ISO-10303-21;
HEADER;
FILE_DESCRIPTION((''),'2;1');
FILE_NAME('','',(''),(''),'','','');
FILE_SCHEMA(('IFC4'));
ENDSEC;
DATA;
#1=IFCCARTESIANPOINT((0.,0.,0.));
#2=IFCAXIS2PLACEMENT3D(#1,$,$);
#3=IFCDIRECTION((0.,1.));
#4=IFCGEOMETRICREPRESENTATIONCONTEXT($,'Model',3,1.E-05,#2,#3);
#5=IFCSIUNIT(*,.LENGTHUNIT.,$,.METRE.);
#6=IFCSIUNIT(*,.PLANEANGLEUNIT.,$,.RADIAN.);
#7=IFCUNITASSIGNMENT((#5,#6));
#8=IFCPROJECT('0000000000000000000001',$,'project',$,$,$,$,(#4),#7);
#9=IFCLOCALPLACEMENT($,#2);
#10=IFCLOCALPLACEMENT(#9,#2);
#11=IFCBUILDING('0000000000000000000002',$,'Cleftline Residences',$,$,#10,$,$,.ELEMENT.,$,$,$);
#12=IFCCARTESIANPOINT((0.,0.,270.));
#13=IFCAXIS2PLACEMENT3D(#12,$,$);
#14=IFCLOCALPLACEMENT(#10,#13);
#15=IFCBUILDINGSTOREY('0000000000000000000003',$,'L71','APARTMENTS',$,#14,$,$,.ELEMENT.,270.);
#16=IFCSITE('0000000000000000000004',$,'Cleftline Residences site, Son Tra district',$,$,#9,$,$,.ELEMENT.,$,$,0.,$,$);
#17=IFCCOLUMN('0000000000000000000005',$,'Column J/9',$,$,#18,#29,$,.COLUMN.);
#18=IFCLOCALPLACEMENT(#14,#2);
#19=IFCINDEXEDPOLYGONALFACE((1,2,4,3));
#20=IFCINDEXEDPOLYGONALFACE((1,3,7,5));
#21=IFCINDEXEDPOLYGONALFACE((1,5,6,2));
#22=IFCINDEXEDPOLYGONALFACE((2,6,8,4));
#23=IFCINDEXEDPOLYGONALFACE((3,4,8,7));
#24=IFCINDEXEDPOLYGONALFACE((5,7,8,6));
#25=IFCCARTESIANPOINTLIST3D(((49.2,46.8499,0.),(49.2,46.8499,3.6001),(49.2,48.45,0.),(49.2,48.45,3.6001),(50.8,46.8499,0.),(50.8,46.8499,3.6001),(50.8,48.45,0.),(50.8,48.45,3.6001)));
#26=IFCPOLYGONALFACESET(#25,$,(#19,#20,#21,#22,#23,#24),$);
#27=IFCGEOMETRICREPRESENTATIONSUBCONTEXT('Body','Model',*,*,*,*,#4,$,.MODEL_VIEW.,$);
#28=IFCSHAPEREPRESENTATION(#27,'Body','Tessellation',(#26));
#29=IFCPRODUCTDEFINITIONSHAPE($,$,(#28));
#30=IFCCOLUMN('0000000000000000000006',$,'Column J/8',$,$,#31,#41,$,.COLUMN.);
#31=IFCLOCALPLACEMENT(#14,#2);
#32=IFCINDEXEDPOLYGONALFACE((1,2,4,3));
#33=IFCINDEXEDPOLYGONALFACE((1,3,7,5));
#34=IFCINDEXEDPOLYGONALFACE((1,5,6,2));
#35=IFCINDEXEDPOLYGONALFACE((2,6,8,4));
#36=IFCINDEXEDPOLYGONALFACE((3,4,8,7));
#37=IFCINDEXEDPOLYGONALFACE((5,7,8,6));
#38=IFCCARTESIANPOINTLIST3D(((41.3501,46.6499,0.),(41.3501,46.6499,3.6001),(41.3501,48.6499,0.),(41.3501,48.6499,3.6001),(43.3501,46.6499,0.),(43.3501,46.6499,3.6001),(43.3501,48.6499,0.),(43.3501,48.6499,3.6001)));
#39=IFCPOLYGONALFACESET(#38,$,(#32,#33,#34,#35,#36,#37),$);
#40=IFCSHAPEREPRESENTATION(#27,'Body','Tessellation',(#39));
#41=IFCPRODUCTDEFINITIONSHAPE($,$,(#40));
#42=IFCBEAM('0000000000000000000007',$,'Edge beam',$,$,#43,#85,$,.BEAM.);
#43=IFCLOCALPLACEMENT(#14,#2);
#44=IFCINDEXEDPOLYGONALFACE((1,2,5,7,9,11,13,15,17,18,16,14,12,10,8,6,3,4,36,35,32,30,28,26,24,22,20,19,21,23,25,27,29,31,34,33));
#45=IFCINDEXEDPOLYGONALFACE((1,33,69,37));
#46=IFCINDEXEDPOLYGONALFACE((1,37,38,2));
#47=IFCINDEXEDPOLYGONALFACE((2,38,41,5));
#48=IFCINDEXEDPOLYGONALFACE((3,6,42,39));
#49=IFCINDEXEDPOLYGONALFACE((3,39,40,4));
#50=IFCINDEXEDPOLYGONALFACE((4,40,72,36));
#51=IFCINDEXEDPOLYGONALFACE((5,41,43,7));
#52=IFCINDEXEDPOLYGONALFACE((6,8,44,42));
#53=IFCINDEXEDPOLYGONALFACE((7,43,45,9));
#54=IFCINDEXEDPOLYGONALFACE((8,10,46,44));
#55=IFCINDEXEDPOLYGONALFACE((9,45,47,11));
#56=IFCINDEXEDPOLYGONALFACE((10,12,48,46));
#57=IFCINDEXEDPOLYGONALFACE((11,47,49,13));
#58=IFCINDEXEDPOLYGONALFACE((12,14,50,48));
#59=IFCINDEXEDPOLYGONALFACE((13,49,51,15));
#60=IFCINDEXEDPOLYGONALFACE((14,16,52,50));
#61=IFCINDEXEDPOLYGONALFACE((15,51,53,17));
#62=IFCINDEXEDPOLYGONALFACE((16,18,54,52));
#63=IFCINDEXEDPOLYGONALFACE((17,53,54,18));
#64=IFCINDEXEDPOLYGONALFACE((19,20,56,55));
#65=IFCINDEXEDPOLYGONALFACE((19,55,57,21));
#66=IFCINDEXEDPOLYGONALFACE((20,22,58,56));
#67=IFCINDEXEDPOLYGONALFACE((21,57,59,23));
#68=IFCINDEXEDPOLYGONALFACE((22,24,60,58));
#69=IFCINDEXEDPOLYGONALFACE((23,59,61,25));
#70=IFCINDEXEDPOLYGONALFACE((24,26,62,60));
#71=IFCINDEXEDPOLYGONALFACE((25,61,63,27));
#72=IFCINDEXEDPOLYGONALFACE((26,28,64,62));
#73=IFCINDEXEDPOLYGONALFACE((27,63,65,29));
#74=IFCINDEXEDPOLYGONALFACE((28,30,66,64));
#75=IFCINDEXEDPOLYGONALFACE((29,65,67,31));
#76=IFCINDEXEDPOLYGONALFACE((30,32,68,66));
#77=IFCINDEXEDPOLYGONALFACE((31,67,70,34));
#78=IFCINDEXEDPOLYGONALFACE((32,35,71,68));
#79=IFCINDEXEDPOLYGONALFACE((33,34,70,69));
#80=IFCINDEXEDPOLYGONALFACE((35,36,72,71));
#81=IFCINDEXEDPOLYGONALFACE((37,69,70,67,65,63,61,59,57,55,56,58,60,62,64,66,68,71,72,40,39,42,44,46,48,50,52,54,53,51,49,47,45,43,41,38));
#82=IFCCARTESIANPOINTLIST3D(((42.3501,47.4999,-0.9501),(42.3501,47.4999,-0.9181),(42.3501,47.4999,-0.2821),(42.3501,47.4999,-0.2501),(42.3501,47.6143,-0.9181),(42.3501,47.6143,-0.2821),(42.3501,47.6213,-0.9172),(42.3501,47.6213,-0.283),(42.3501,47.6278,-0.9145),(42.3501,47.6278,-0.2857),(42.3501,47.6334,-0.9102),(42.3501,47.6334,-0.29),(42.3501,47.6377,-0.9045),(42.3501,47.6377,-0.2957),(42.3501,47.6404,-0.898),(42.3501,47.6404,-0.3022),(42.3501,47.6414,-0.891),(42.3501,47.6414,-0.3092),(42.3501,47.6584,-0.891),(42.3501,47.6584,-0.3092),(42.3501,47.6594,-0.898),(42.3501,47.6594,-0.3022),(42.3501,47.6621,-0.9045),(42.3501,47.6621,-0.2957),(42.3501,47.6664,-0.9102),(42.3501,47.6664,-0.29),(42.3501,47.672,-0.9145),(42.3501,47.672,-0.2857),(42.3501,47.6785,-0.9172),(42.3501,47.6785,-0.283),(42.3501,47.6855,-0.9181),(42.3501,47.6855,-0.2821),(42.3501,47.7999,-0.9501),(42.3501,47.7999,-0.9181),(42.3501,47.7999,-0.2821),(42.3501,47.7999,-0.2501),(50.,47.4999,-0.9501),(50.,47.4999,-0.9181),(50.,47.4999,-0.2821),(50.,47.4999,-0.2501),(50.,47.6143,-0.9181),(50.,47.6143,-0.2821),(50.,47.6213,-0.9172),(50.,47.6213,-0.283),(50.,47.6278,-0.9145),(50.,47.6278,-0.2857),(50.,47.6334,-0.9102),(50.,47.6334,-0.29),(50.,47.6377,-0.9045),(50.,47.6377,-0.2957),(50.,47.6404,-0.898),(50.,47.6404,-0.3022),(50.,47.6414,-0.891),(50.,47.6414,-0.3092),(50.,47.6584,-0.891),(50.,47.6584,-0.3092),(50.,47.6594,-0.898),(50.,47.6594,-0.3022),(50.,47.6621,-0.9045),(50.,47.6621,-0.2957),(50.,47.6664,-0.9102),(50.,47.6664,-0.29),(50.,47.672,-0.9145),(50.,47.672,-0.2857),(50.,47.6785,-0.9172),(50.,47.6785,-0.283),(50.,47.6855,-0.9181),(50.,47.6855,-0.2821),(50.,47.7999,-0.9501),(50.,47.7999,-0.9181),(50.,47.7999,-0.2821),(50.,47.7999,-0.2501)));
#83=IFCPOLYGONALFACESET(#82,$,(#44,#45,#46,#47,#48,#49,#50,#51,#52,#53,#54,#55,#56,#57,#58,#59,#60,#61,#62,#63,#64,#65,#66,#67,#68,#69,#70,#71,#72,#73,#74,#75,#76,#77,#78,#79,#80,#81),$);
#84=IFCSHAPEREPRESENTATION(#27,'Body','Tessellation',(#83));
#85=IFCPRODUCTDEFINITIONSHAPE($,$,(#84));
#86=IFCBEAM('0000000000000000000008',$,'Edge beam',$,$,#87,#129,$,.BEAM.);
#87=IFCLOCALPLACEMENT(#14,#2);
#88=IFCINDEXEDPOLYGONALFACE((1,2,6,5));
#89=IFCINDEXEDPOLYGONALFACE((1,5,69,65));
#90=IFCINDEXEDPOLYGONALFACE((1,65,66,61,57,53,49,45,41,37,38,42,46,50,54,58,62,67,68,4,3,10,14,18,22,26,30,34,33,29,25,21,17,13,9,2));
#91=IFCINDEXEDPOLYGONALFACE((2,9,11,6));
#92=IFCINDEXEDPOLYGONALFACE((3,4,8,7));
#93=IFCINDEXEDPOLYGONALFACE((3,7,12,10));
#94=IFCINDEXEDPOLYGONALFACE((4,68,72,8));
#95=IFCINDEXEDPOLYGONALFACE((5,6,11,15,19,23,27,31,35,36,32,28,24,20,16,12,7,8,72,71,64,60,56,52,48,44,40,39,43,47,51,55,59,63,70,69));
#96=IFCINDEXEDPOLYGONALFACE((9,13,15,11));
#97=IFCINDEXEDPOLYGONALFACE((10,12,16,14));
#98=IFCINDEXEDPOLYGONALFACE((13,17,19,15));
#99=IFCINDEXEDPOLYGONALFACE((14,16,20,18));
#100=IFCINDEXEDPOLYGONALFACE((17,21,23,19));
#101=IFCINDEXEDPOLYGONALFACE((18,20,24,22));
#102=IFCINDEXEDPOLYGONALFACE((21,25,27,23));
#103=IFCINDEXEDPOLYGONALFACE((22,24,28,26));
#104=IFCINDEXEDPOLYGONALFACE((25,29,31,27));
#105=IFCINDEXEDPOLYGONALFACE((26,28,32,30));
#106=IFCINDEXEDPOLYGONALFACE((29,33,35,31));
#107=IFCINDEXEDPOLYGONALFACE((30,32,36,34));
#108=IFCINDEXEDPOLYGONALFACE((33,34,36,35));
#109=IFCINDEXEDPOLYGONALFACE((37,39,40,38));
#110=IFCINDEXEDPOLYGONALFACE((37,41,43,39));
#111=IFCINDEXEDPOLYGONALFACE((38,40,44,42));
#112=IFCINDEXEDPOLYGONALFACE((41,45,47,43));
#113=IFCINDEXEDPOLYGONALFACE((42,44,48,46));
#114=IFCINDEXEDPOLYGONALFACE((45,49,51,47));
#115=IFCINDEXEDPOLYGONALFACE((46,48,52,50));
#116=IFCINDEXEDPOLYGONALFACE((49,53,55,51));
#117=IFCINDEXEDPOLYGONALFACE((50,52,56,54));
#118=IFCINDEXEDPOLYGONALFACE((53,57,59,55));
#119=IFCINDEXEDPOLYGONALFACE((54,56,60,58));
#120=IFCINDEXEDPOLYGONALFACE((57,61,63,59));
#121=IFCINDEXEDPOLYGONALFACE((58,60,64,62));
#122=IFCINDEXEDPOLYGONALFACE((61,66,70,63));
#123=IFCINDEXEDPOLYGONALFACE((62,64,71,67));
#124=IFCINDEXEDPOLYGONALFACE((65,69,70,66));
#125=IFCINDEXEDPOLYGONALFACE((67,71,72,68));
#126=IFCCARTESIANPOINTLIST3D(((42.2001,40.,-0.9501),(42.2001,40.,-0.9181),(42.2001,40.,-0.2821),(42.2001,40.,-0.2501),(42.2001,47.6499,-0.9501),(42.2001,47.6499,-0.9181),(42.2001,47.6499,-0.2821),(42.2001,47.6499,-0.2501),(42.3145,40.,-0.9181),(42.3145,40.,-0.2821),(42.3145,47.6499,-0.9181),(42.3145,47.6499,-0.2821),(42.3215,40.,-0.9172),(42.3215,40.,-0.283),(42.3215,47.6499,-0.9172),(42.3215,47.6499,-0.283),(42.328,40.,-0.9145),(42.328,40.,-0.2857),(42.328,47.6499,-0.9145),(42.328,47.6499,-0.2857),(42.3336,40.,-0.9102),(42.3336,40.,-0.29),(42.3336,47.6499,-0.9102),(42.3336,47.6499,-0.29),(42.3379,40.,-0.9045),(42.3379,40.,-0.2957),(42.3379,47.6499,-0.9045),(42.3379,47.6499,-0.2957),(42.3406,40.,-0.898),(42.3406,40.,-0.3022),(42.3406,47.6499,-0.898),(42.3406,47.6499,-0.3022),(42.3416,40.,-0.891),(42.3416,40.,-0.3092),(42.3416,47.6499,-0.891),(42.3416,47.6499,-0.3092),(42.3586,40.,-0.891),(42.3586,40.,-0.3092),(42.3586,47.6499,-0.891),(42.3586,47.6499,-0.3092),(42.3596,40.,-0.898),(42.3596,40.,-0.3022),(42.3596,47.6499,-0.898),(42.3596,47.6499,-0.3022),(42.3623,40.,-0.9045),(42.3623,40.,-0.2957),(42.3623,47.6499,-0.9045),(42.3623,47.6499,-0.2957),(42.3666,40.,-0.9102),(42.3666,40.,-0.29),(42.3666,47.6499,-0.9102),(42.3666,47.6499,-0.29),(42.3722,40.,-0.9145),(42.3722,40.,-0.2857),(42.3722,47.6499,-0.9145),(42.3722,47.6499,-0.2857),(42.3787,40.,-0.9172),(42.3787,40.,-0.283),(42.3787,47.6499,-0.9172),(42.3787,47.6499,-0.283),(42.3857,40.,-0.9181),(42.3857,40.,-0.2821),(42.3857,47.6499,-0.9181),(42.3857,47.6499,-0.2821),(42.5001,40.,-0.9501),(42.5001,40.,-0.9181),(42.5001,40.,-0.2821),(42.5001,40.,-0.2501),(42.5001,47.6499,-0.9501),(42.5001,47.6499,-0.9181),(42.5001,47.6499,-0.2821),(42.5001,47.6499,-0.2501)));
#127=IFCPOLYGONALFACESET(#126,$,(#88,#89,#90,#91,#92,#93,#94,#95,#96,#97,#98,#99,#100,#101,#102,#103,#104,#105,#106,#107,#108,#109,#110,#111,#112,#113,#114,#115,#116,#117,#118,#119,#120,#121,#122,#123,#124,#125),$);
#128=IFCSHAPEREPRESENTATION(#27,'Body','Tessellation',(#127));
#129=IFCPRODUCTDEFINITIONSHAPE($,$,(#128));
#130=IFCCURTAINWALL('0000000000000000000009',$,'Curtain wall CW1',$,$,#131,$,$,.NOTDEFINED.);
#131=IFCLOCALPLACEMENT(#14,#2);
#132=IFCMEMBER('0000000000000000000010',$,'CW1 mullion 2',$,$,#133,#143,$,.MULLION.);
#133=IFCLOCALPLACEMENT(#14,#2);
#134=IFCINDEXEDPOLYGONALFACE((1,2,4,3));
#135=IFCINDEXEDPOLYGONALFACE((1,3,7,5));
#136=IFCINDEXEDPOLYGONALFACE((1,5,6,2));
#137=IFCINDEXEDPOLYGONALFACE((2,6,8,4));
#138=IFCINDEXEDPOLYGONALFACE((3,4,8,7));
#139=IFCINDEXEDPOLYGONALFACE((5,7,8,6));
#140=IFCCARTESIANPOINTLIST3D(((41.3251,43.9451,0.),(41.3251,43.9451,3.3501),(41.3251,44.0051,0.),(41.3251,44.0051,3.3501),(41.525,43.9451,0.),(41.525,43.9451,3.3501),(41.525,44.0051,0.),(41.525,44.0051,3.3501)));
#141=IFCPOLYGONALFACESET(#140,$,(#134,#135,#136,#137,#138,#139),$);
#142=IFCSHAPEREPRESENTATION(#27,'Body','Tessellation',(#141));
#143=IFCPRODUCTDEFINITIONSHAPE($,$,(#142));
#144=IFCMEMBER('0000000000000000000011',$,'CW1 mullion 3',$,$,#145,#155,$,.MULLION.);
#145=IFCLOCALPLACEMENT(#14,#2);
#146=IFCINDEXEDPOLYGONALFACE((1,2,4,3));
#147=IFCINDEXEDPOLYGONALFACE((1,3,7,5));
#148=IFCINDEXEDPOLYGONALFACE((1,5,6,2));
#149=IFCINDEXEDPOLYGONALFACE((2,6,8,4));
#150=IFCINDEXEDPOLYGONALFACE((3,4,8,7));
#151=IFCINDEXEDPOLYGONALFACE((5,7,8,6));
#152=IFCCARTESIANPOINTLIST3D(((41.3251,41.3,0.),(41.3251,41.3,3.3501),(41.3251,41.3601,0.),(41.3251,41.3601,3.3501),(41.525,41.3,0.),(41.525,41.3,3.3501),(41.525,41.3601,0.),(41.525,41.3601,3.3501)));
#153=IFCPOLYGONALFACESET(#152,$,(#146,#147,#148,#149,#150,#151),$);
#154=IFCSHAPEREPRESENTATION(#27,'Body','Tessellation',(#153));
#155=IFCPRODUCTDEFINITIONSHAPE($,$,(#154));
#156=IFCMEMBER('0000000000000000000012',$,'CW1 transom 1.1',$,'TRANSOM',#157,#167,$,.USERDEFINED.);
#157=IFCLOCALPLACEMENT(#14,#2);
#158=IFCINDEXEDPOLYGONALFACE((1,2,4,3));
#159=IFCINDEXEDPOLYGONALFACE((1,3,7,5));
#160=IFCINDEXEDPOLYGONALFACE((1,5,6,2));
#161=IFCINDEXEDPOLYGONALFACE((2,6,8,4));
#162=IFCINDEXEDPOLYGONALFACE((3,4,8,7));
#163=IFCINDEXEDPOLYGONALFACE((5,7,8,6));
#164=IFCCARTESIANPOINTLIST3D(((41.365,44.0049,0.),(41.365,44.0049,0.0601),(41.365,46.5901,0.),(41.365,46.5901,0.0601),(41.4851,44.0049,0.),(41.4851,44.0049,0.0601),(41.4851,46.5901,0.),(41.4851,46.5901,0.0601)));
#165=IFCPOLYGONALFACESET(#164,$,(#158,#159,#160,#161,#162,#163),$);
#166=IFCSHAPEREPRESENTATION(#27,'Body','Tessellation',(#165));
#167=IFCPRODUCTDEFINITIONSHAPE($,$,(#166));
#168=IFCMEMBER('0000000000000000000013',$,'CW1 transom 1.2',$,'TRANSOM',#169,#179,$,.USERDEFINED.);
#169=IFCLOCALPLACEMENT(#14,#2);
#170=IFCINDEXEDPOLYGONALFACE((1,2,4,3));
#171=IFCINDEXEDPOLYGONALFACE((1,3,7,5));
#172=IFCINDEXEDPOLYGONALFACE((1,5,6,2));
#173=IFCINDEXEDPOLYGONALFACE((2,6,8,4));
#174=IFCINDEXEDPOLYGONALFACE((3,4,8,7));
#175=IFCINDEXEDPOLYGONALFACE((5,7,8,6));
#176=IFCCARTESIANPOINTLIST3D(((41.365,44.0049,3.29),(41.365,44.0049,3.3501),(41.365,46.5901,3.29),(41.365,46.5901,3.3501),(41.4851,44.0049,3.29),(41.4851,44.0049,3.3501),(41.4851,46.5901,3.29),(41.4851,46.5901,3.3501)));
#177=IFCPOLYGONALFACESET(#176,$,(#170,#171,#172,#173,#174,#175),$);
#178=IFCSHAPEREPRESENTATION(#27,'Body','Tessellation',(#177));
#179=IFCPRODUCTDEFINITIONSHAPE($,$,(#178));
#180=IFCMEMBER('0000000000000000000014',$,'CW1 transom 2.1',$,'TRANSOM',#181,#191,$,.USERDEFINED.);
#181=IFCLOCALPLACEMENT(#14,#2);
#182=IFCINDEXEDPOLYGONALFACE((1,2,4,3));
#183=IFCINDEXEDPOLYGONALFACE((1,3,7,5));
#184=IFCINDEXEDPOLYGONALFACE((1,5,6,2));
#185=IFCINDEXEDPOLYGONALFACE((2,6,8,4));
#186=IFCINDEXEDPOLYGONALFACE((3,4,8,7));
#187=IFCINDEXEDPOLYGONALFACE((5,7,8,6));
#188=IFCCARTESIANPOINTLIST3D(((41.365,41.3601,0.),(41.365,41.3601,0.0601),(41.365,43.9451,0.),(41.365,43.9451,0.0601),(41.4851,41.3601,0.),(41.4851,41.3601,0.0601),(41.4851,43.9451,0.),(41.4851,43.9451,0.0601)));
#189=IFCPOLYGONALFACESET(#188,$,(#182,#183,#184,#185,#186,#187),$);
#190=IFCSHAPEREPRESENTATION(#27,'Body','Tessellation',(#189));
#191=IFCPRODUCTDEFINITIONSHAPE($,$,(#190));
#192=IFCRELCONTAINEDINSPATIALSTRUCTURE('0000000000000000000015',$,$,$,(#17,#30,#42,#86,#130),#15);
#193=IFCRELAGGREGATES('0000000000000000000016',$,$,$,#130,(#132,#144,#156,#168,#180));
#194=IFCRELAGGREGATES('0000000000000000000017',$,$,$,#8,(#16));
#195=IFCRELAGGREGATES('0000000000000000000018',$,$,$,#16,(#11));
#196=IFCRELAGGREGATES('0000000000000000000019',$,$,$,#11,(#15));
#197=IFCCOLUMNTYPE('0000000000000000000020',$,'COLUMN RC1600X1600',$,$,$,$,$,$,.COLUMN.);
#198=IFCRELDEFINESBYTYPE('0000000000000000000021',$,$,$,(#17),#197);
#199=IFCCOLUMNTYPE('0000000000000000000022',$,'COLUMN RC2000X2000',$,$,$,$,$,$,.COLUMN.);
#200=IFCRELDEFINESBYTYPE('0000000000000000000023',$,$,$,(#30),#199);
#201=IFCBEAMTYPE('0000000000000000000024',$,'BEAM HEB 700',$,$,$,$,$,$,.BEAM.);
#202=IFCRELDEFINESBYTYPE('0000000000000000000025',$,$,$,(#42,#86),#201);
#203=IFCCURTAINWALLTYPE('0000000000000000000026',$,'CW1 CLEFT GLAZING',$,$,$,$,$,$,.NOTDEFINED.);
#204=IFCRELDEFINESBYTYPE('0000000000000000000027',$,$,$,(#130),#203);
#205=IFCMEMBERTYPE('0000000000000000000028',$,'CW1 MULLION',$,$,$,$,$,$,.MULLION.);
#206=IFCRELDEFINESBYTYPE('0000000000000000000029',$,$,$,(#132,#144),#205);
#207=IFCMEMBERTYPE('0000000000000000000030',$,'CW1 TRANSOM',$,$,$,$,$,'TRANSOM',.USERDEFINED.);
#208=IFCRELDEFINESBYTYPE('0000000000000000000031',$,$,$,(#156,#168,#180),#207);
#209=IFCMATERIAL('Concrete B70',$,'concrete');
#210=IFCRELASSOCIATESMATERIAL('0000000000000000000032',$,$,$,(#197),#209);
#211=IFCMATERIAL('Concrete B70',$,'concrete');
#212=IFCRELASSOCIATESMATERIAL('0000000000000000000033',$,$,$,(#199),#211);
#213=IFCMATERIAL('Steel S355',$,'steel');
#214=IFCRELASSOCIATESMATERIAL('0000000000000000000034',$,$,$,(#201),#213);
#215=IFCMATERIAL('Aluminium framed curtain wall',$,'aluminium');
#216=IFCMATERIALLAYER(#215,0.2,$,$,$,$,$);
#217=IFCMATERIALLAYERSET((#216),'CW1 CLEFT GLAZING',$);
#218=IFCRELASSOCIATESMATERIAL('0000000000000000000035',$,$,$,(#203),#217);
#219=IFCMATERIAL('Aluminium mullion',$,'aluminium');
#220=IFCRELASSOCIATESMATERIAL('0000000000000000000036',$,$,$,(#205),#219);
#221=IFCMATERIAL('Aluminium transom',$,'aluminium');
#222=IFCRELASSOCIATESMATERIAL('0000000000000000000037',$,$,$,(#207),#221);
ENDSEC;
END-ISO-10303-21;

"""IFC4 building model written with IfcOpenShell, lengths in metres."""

from ifc_helpers import new_model, si_unit, direction, frame, origin, origin_2d, place, context, subcontext, project, spatial, rectangle, i_section, extrude, material, layer, layer_set, material_profile, profile_set, type_object, element, aggregate, save


model = new_model("IFC4")

# Units and contexts
model_context = context("Model", 3, precision=1e-05, world=origin(), true_north=direction((0.0, 1.0)))
body_context = subcontext(model_context, "Body", "Model", "MODEL_VIEW")
ifc_project = project(units=[si_unit("LENGTHUNIT", "METRE"), si_unit("PLANEANGLEUNIT", "RADIAN")], contexts=[model_context])

# Site, building, storey
site_placement = place(None, origin())
site = spatial("IfcSite", under=ifc_project, at=site_placement, Name="Cleftline Residences site, Son Tra district", CompositionType="ELEMENT", RefElevation=0.0)
building_placement = place(site_placement, origin())
building = spatial("IfcBuilding", under=site, at=building_placement, Name="Cleftline Residences", CompositionType="ELEMENT")
storey_placement = place(building_placement, frame((0.0, 0.0, 270.0)))
storey = spatial("IfcBuildingStorey", under=building, at=storey_placement, Name="L71", Description="APARTMENTS", CompositionType="ELEMENT", Elevation=270.0)

# Columns
ifc_material_1 = material(Name="Concrete B70", Category="concrete")
ifc_material_profile_1 = material_profile(ifc_material_1, rectangle(XDim=1.6001, YDim=1.6001, at=origin_2d()))
ifc_profile_set_1 = profile_set([ifc_material_profile_1], Name="Concrete B70")
column_type_1 = type_object("IfcColumnType", Name="COLUMN RC1600X1600", PredefinedType="COLUMN", material=ifc_profile_set_1)
column_1_placement = place(storey_placement, frame((50.0, 47.6499, 0.0), z_axis=(0.0, 0.0, 1.0), x_axis=(1.0, 0.0, 0.0)))
element("IfcColumn", 1, at=column_1_placement, inside=storey, type_object=column_type_1, Name="Column J/9", PredefinedType="COLUMN", context=body_context, shape_type="SweptSolid", body=[
    extrude(rectangle(XDim=1.6001, YDim=1.6001, at=origin_2d()), origin(), (0.0, 0.0, 1.0), 3.6001),
])
ifc_material_2 = material(Name="Concrete B70", Category="concrete")
ifc_material_profile_2 = material_profile(ifc_material_2, rectangle(XDim=2.0, YDim=2.0, at=origin_2d()))
ifc_profile_set_2 = profile_set([ifc_material_profile_2], Name="Concrete B70")
column_type_2 = type_object("IfcColumnType", Name="COLUMN RC2000X2000", PredefinedType="COLUMN", material=ifc_profile_set_2)
column_2_placement = place(storey_placement, frame((42.3501, 47.6499, 0.0), z_axis=(0.0, 0.0, 1.0), x_axis=(1.0, 0.0, 0.0)))
element("IfcColumn", 2, at=column_2_placement, inside=storey, type_object=column_type_2, Name="Column J/8", PredefinedType="COLUMN", context=body_context, shape_type="SweptSolid", body=[
    extrude(rectangle(XDim=2.0, YDim=2.0, at=origin_2d()), origin(), (0.0, 0.0, 1.0), 3.6001),
])

# Beams
ifc_material_3 = material(Name="Steel S355", Category="steel")
ifc_material_profile_3 = material_profile(ifc_material_3, i_section(OverallWidth=0.3, OverallDepth=0.7, WebThickness=0.0171, FlangeThickness=0.032, FilletRadius=0.0271, at=origin_2d()))
ifc_profile_set_3 = profile_set([ifc_material_profile_3], Name="Steel S355")
beam_type = type_object("IfcBeamType", Name="BEAM HEB 700", PredefinedType="BEAM", material=ifc_profile_set_3)
for number, where, z_axis, x_axis, name in (
    (3, (50.0, 47.6499, -0.6001), (-1.0, 0.0, 0.0), (0.0, -1.0, 0.0), "Edge beam"),
    (4, (42.3501, 47.6499, -0.6001), (0.0, -1.0, 0.0), (1.0, 0.0, 0.0), "Edge beam"),
):
    element("IfcBeam", number, at=place(storey_placement, frame(where, z_axis=z_axis, x_axis=x_axis)), inside=storey, type_object=beam_type, Name=name, PredefinedType="BEAM", context=body_context, shape_type="SweptSolid", body=[
        extrude(i_section(OverallWidth=0.3, OverallDepth=0.7, WebThickness=0.0171, FlangeThickness=0.032, FilletRadius=0.0271, at=origin_2d()), origin(), (0.0, 0.0, 1.0), 7.6499),
    ])

# Curtain wall, members
ifc_material_4 = material(Name="Aluminium framed curtain wall", Category="aluminium")
ifc_layer_1 = layer(ifc_material_4, 0.2)
ifc_layer_set_1 = layer_set([ifc_layer_1], Name="CW1 CLEFT GLAZING")
curtain_wall_type = type_object("IfcCurtainWallType", Name="CW1 CLEFT GLAZING", PredefinedType="NOTDEFINED", material=ifc_layer_set_1)
curtain_wall_placement = place(storey_placement, origin())
curtain_wall = element("IfcCurtainWall", 5, at=curtain_wall_placement, inside=storey, type_object=curtain_wall_type, Name="Curtain wall CW1", PredefinedType="NOTDEFINED")
ifc_material_5 = material(Name="Aluminium mullion", Category="aluminium")
ifc_material_profile_4 = material_profile(ifc_material_5, rectangle(XDim=0.2, YDim=0.0601, at=origin_2d()))
ifc_profile_set_4 = profile_set([ifc_material_profile_4], Name="Aluminium mullion")
member_type_1 = type_object("IfcMemberType", Name="CW1 MULLION", PredefinedType="MULLION", material=ifc_profile_set_4)
member_1_placement = place(storey_placement, frame((41.425, 43.9751, 0.0), z_axis=(0.0, 0.0, 1.0), x_axis=(1.0, 0.0, 0.0)))
member_1 = element("IfcMember", 6, at=member_1_placement, type_object=member_type_1, Name="CW1 mullion 2", PredefinedType="MULLION", context=body_context, shape_type="SweptSolid", body=[
    extrude(rectangle(XDim=0.2, YDim=0.0601, at=origin_2d()), origin(), (0.0, 0.0, 1.0), 3.3501),
])
member_2_placement = place(storey_placement, frame((41.425, 41.3301, 0.0), z_axis=(0.0, 0.0, 1.0), x_axis=(1.0, 0.0, 0.0)))
member_2 = element("IfcMember", 7, at=member_2_placement, type_object=member_type_1, Name="CW1 mullion 3", PredefinedType="MULLION", context=body_context, shape_type="SweptSolid", body=[
    extrude(rectangle(XDim=0.2, YDim=0.0601, at=origin_2d()), origin(), (0.0, 0.0, 1.0), 3.3501),
])
ifc_material_6 = material(Name="Aluminium transom", Category="aluminium")
ifc_material_profile_5 = material_profile(ifc_material_6, rectangle(XDim=0.1201, YDim=0.0601, at=origin_2d()))
ifc_profile_set_5 = profile_set([ifc_material_profile_5], Name="Aluminium transom")
member_type_2 = type_object("IfcMemberType", Name="CW1 TRANSOM", ElementType="TRANSOM", PredefinedType="USERDEFINED", material=ifc_profile_set_5)
member_3_placement = place(storey_placement, frame((41.425, 46.5901, 0.03), z_axis=(0.0, -1.0, 0.0), x_axis=(1.0, 0.0, 0.0)))
member_3 = element("IfcMember", 8, at=member_3_placement, type_object=member_type_2, Name="CW1 transom 1.1", ObjectType="TRANSOM", PredefinedType="USERDEFINED", context=body_context, shape_type="SweptSolid", body=[
    extrude(rectangle(XDim=0.1201, YDim=0.0601, at=origin_2d()), origin(), (0.0, 0.0, 1.0), 2.5852),
])
member_4_placement = place(storey_placement, frame((41.425, 46.5901, 3.3201), z_axis=(0.0, -1.0, 0.0), x_axis=(1.0, 0.0, 0.0)))
member_4 = element("IfcMember", 9, at=member_4_placement, type_object=member_type_2, Name="CW1 transom 1.2", ObjectType="TRANSOM", PredefinedType="USERDEFINED", context=body_context, shape_type="SweptSolid", body=[
    extrude(rectangle(XDim=0.1201, YDim=0.0601, at=origin_2d()), origin(), (0.0, 0.0, 1.0), 2.5852),
])
member_5_placement = place(storey_placement, frame((41.425, 43.9451, 0.03), z_axis=(0.0, -1.0, 0.0), x_axis=(1.0, 0.0, 0.0)))
member_5 = element("IfcMember", 10, at=member_5_placement, type_object=member_type_2, Name="CW1 transom 2.1", ObjectType="TRANSOM", PredefinedType="USERDEFINED", context=body_context, shape_type="SweptSolid", body=[
    extrude(rectangle(XDim=0.1201, YDim=0.0601, at=origin_2d()), origin(), (0.0, 0.0, 1.0), 2.585),
])
aggregate(curtain_wall, [member_1, member_2, member_3, member_4, member_5])

save(model, "model.ifc")
